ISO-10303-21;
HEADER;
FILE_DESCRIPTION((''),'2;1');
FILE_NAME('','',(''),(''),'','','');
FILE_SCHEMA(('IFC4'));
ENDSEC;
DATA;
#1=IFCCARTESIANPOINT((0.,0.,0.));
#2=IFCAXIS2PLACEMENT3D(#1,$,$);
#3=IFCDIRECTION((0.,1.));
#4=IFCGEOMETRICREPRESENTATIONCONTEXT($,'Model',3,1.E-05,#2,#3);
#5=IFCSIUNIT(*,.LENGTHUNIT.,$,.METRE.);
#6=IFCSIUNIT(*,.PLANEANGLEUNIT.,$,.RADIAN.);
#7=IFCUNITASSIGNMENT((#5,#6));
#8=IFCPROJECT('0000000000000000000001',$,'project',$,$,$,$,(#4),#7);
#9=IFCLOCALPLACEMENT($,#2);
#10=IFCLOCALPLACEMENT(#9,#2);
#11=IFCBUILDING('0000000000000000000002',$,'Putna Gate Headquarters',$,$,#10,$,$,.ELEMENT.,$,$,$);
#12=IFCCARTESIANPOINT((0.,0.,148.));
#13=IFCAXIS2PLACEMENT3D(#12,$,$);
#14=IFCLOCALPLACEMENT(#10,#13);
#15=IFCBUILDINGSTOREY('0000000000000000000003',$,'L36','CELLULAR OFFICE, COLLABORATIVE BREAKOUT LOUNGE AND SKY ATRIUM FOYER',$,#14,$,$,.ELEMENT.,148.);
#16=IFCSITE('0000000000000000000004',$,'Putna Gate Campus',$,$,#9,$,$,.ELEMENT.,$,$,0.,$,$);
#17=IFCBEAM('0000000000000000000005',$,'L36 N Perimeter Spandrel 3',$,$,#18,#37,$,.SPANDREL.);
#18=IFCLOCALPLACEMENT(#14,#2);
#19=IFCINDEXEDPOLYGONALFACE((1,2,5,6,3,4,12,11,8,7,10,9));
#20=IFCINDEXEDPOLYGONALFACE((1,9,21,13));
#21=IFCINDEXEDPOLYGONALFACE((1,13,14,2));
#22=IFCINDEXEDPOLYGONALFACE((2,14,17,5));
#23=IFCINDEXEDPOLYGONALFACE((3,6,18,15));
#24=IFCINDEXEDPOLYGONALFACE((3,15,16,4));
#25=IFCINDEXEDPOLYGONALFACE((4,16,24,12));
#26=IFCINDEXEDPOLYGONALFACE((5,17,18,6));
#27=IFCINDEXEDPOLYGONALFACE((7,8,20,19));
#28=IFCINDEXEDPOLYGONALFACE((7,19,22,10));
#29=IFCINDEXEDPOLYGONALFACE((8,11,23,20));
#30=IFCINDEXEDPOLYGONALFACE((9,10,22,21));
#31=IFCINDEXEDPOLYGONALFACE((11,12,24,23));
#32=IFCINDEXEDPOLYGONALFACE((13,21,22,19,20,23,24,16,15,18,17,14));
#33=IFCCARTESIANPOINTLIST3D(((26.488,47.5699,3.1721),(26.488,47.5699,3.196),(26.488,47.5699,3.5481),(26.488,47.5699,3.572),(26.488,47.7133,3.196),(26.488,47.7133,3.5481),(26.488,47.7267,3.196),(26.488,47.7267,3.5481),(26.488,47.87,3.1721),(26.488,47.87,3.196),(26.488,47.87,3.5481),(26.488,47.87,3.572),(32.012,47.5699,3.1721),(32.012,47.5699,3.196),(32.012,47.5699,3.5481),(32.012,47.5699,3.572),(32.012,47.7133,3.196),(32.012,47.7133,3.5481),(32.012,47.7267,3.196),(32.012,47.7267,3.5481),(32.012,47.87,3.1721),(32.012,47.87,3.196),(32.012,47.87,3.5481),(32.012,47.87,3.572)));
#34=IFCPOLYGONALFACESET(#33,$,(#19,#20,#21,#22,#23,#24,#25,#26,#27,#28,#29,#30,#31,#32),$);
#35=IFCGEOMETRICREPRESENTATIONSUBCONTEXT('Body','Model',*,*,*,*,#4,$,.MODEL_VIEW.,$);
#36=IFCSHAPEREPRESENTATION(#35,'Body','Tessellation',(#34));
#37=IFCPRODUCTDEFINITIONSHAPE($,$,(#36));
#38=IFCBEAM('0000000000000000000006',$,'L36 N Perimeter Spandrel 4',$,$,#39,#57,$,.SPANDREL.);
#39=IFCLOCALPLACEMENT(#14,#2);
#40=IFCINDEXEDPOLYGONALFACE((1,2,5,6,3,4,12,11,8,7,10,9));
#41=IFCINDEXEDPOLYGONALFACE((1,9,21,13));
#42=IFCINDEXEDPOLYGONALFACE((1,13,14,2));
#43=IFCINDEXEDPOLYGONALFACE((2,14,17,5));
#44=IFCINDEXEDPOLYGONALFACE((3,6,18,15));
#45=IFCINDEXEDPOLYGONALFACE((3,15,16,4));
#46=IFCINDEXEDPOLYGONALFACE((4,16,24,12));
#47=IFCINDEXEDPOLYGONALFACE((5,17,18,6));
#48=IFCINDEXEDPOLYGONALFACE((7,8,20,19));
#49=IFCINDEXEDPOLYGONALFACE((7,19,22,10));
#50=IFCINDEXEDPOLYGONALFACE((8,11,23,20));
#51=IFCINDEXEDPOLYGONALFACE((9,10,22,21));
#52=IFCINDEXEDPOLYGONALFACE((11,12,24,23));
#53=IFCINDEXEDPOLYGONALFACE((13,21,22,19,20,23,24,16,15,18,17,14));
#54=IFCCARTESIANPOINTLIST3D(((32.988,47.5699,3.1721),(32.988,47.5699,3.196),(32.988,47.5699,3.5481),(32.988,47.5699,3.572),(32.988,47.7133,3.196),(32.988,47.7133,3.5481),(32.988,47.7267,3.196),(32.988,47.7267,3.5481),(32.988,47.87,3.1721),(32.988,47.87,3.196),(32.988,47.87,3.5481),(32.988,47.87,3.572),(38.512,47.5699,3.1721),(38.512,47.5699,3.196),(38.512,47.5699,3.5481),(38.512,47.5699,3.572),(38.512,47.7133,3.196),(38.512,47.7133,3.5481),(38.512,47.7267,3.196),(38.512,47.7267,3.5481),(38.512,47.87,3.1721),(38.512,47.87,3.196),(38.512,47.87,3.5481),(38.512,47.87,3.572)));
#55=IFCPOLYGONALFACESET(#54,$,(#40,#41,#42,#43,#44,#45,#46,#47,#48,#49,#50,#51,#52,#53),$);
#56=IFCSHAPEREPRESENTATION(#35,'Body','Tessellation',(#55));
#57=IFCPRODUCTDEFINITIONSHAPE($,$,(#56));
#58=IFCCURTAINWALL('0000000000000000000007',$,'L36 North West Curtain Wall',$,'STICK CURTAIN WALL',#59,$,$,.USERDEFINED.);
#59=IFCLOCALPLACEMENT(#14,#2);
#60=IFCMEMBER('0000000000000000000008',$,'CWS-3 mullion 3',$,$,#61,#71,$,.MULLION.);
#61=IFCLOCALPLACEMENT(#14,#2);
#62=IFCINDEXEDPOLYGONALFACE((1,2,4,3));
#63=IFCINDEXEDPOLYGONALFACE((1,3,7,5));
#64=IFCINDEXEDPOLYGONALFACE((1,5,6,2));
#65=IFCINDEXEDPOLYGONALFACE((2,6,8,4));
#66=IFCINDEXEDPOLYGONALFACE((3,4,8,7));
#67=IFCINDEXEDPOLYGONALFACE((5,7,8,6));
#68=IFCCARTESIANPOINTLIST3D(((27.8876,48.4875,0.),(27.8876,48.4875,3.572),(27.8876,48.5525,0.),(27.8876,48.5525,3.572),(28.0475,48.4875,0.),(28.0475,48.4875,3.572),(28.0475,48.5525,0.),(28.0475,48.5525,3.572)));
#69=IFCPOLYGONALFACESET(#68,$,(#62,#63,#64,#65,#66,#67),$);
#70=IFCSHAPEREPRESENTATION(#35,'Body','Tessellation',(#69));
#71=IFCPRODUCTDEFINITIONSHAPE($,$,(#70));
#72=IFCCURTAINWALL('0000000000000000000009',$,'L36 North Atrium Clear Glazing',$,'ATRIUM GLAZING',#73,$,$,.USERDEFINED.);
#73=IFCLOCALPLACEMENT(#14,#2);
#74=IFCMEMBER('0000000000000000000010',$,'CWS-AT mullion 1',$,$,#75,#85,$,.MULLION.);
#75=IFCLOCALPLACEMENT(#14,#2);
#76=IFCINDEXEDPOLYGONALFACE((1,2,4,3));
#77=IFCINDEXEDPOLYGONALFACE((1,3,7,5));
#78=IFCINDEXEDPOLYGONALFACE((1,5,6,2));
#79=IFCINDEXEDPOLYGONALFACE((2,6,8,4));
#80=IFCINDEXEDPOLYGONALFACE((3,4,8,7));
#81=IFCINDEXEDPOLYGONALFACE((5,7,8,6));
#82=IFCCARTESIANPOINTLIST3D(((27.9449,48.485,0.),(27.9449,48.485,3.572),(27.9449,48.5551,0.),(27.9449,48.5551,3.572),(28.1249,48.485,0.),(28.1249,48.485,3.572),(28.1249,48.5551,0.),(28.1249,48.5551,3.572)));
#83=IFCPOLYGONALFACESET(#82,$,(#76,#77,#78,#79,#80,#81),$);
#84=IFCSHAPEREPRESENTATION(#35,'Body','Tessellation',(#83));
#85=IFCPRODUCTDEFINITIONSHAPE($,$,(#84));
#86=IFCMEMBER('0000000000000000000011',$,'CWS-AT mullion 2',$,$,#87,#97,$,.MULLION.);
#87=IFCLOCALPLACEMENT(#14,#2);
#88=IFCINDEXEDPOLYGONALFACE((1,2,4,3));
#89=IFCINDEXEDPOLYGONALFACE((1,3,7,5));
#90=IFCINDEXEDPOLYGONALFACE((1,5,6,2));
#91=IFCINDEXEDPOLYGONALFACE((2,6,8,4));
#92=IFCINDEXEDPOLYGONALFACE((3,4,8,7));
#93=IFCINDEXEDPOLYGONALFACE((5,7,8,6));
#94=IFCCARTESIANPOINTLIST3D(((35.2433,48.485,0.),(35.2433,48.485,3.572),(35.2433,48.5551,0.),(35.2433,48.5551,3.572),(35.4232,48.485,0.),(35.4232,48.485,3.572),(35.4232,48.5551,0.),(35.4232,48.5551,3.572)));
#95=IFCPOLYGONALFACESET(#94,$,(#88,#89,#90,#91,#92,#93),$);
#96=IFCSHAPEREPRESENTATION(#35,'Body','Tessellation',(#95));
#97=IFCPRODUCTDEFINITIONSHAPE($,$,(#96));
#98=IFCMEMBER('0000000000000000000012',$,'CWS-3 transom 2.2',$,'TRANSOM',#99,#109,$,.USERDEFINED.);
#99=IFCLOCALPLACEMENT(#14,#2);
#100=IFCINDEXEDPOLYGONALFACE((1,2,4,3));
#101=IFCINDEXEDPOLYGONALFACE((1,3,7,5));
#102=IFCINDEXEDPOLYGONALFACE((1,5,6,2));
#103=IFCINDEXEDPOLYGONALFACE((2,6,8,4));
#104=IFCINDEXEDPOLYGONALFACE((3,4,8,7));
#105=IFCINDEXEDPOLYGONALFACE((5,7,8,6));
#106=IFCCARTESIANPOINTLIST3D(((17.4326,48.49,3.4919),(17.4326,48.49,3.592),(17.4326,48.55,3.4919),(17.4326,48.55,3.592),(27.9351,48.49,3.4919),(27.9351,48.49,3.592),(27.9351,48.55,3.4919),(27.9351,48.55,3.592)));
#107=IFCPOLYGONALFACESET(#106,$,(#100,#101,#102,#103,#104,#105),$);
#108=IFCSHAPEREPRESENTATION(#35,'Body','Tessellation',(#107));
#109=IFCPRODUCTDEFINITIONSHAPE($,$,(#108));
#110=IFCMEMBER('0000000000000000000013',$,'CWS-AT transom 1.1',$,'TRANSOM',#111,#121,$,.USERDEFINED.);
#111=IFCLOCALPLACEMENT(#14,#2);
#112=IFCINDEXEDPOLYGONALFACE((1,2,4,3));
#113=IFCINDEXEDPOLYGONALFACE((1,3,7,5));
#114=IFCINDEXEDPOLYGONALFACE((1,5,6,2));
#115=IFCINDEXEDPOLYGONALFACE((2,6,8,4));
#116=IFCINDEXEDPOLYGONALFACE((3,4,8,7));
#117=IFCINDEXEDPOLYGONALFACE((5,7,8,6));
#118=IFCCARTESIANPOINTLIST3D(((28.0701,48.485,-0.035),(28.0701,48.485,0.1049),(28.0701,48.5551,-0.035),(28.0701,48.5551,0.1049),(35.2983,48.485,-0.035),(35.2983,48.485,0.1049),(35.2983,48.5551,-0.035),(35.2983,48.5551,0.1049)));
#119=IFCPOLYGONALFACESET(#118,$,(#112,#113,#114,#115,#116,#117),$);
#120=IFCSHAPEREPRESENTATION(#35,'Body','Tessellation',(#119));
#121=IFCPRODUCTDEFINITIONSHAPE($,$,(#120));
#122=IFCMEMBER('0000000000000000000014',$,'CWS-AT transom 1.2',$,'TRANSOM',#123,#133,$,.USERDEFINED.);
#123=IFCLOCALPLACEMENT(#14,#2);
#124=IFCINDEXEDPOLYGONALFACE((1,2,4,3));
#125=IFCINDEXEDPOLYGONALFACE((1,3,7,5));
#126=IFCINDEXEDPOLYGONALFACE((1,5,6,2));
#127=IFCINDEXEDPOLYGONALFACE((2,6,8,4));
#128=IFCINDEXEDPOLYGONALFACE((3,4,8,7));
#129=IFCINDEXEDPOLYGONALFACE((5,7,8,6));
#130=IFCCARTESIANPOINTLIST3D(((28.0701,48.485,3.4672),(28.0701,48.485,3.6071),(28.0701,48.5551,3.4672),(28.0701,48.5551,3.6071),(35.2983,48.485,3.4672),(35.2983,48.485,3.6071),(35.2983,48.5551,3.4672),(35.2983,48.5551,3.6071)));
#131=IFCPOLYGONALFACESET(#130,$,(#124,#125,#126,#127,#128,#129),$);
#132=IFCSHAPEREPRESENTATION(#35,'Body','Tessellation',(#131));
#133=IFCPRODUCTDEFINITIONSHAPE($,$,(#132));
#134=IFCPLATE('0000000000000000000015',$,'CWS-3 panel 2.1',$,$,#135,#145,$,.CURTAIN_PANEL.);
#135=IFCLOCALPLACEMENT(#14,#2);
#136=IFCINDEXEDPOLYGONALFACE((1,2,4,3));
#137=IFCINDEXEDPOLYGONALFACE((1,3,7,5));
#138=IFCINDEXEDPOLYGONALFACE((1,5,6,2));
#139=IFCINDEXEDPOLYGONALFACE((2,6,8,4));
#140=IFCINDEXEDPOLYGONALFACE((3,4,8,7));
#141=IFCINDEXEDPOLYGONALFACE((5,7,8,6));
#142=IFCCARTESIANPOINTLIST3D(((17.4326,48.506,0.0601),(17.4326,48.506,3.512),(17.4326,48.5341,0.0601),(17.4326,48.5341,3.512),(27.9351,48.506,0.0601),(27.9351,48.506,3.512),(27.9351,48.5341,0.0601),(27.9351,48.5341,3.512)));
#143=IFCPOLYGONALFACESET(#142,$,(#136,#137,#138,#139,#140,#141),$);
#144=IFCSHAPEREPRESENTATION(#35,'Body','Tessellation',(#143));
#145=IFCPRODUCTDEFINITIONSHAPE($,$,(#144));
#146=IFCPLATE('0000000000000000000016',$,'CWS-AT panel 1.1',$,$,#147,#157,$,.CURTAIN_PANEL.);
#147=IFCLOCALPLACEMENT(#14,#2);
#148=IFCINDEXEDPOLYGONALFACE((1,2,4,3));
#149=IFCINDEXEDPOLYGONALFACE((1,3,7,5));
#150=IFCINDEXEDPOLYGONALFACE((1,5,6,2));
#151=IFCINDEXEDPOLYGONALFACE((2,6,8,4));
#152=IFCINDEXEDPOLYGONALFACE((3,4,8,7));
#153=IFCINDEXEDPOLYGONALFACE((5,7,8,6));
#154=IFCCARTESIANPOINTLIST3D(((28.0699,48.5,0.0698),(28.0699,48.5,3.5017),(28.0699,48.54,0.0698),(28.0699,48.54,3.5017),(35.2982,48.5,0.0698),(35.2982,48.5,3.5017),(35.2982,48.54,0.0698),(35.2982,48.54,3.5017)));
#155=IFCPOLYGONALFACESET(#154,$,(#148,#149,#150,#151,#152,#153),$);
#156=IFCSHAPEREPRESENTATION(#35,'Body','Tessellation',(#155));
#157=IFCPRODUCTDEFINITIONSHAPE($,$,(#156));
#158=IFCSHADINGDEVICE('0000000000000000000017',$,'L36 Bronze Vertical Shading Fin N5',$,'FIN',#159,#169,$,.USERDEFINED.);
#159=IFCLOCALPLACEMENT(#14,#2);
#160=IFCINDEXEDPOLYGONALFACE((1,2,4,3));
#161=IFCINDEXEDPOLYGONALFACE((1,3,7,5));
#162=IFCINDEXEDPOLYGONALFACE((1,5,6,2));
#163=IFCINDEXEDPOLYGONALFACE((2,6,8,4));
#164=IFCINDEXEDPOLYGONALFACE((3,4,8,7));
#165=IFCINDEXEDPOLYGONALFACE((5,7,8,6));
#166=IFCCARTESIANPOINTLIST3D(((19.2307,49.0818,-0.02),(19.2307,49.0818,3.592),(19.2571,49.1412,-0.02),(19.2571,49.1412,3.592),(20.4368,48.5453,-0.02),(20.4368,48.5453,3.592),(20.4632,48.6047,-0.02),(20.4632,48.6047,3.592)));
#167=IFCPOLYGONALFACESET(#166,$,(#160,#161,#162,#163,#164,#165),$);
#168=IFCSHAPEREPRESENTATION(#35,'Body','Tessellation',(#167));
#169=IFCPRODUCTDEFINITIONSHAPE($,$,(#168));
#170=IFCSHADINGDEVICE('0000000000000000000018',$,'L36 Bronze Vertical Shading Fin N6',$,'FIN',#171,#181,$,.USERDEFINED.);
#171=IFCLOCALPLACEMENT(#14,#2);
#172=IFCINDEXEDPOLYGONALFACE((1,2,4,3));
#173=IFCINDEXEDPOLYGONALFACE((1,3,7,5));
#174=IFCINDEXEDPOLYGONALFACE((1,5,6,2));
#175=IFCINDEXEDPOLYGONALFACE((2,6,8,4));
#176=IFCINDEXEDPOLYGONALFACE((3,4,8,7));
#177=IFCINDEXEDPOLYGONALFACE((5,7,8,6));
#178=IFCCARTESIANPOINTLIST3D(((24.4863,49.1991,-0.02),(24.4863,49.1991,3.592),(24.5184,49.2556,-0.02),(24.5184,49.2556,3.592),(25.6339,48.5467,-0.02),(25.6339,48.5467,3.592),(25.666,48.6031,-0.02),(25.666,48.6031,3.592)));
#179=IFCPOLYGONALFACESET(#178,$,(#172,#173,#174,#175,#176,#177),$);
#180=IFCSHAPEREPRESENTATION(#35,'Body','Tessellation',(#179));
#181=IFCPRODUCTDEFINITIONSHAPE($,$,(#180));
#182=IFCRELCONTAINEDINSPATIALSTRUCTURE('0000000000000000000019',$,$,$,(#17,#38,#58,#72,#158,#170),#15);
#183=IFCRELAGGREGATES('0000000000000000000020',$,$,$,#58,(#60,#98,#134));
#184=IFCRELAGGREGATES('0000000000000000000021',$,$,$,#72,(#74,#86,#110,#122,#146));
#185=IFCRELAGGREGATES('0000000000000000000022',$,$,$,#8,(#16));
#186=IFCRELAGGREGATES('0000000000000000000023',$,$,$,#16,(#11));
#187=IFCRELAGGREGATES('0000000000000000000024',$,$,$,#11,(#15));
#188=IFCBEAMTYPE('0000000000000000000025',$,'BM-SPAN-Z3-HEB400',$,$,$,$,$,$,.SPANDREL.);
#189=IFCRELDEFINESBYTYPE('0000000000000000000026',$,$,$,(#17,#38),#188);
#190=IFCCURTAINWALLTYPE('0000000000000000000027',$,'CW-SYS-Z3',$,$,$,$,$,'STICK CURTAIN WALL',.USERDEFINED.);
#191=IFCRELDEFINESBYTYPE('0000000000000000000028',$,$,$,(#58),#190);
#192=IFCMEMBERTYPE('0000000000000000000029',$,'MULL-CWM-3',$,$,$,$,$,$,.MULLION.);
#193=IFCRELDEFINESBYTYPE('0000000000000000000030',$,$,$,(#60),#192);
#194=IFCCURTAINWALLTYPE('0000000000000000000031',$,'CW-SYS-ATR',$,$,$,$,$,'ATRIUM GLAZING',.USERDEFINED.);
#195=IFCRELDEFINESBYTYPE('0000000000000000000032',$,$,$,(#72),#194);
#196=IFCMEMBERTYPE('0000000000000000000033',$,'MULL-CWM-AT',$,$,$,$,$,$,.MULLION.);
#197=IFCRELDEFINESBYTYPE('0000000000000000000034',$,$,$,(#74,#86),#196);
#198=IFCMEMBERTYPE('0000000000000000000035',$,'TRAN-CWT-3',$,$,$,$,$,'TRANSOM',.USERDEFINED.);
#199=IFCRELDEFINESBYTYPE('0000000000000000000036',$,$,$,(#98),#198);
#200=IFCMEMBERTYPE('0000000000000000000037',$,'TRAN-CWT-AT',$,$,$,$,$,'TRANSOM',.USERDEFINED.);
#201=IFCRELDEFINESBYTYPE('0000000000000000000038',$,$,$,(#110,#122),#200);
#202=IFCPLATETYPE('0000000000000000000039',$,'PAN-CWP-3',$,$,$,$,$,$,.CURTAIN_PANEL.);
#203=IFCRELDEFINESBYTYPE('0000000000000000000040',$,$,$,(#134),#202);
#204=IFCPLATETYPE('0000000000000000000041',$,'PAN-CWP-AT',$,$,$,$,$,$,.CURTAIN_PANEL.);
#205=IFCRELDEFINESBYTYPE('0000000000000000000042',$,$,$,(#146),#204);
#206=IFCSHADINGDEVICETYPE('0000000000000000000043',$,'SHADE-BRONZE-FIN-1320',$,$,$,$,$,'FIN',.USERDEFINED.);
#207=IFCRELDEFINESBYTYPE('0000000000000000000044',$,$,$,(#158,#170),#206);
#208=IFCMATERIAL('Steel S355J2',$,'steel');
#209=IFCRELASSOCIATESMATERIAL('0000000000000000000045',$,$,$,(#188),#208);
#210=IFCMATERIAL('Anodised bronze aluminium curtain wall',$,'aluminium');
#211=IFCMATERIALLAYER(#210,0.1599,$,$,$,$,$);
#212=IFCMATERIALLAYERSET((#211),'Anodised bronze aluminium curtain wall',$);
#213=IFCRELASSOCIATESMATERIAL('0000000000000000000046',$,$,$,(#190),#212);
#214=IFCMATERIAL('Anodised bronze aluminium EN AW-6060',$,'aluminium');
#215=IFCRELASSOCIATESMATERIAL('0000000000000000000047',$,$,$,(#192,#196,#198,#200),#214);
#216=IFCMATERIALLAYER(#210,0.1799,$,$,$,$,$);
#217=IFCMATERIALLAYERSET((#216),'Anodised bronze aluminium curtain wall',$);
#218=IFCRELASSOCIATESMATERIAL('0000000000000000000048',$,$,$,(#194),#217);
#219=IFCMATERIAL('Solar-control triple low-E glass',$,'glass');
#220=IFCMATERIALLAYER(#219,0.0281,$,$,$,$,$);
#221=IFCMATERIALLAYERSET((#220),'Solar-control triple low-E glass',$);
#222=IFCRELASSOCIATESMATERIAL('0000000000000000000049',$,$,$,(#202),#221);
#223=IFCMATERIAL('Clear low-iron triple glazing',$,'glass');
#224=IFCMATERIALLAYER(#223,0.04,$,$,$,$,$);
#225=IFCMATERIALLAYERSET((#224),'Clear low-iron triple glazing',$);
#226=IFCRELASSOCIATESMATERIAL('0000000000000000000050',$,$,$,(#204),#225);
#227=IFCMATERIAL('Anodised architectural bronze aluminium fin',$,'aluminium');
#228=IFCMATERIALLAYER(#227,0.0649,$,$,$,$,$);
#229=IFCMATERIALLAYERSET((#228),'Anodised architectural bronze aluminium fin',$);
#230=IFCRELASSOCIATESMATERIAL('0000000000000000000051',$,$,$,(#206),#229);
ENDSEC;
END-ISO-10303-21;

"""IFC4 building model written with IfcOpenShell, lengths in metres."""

from ifc_helpers import new_model, si_unit, direction, frame, origin, origin_2d, place, context, subcontext, project, spatial, rectangle, i_section, extrude, material, layer, layer_set, material_profile, profile_set, type_object, element, aggregate, save


model = new_model("IFC4")

# Units and contexts
model_context = context("Model", 3, precision=1e-05, world=origin(), true_north=direction((0.0, 1.0)))
body_context = subcontext(model_context, "Body", "Model", "MODEL_VIEW")
ifc_project = project(units=[si_unit("LENGTHUNIT", "METRE"), si_unit("PLANEANGLEUNIT", "RADIAN")], contexts=[model_context])

# Site, building, storey
site_placement = place(None, origin())
site = spatial("IfcSite", under=ifc_project, at=site_placement, Name="Putna Gate Campus", CompositionType="ELEMENT", RefElevation=0.0)
building_placement = place(site_placement, origin())
building = spatial("IfcBuilding", under=site, at=building_placement, Name="Putna Gate Headquarters", CompositionType="ELEMENT")
storey_placement = place(building_placement, frame((0.0, 0.0, 148.0)))
storey = spatial("IfcBuildingStorey", under=building, at=storey_placement, Name="L36", Description="CELLULAR OFFICE, COLLABORATIVE BREAKOUT LOUNGE AND SKY ATRIUM FOYER", CompositionType="ELEMENT", Elevation=148.0)

# Beams
ifc_material_1 = material(Name="Steel S355J2", Category="steel")
ifc_material_profile_1 = material_profile(ifc_material_1, i_section(OverallWidth=0.3, OverallDepth=0.3999, WebThickness=0.0134, FlangeThickness=0.0239, at=origin_2d()), Name="Steel S355J2")
ifc_profile_set_1 = profile_set([ifc_material_profile_1], Name="Steel S355J2")
beam_type_1 = type_object("IfcBeamType", Name="BM-SPAN-Z3-HEB400", PredefinedType="SPANDREL", material=ifc_profile_set_1)
for number, where, z_axis, x_axis, name in (
    (1, (26.488, 47.72, 3.3721), (1.0, 0.0, 0.0), (0.0, 1.0, 0.0), "L36 N Perimeter Spandrel 3"),
    (2, (32.988, 47.72, 3.3721), (1.0, 0.0, 0.0), (0.0, 1.0, 0.0), "L36 N Perimeter Spandrel 4"),
):
    element("IfcBeam", number, at=place(storey_placement, frame(where, z_axis=z_axis, x_axis=x_axis)), inside=storey, type_object=beam_type_1, Name=name, PredefinedType="SPANDREL", context=body_context, shape_type="SweptSolid", body=[
        extrude(i_section(OverallWidth=0.3, OverallDepth=0.3999, WebThickness=0.0134, FlangeThickness=0.0239, at=origin_2d()), origin(), (0.0, 0.0, 1.0), 5.5239),
    ])

# Curtain wall, member
ifc_material_2 = material(Name="Anodised bronze aluminium curtain wall", Category="aluminium")
ifc_layer_1 = layer(ifc_material_2, 0.1599)
ifc_layer_set_1 = layer_set([ifc_layer_1], Name="Anodised bronze aluminium curtain wall")
curtain_wall_type_1 = type_object("IfcCurtainWallType", Name="CW-SYS-Z3", ElementType="STICK CURTAIN WALL", PredefinedType="USERDEFINED", material=ifc_layer_set_1)
curtain_wall_1_placement = place(storey_placement, origin())
curtain_wall_1 = element("IfcCurtainWall", 3, at=curtain_wall_1_placement, inside=storey, type_object=curtain_wall_type_1, Name="L36 North West Curtain Wall", ObjectType="STICK CURTAIN WALL", PredefinedType="USERDEFINED")
ifc_material_3 = material(Name="Anodised bronze aluminium EN AW-6060", Category="aluminium")
ifc_material_profile_2 = material_profile(ifc_material_3, rectangle(XDim=0.0649, YDim=0.1599, at=origin_2d()), Name="Anodised bronze aluminium EN AW-6060")
ifc_profile_set_2 = profile_set([ifc_material_profile_2], Name="Anodised bronze aluminium EN AW-6060")
member_type_1 = type_object("IfcMemberType", Name="MULL-CWM-3", PredefinedType="MULLION", material=ifc_profile_set_2)
member_1_placement = place(storey_placement, frame((27.9675, 48.52, 0.0), z_axis=(0.0, 0.0, 1.0), x_axis=(0.0, 1.0, 0.0)))
member_1 = element("IfcMember", 4, at=member_1_placement, type_object=member_type_1, Name="CWS-3 mullion 3", PredefinedType="MULLION", context=body_context, shape_type="SweptSolid", body=[
    extrude(rectangle(XDim=0.0649, YDim=0.1599, at=origin_2d()), origin(), (0.0, 0.0, 1.0), 3.572),
])

# Curtain wall, members
ifc_layer_2 = layer(ifc_material_2, 0.1799)
ifc_layer_set_2 = layer_set([ifc_layer_2], Name="Anodised bronze aluminium curtain wall")
curtain_wall_type_2 = type_object("IfcCurtainWallType", Name="CW-SYS-ATR", ElementType="ATRIUM GLAZING", PredefinedType="USERDEFINED", material=ifc_layer_set_2)
curtain_wall_2_placement = place(storey_placement, origin())
curtain_wall_2 = element("IfcCurtainWall", 5, at=curtain_wall_2_placement, inside=storey, type_object=curtain_wall_type_2, Name="L36 North Atrium Clear Glazing", ObjectType="ATRIUM GLAZING", PredefinedType="USERDEFINED")
ifc_material_profile_3 = material_profile(ifc_material_3, rectangle(XDim=0.0701, YDim=0.1799, at=origin_2d()), Name="Anodised bronze aluminium EN AW-6060")
ifc_profile_set_3 = profile_set([ifc_material_profile_3], Name="Anodised bronze aluminium EN AW-6060")
member_type_2 = type_object("IfcMemberType", Name="MULL-CWM-AT", PredefinedType="MULLION", material=ifc_profile_set_3)
member_2_placement = place(storey_placement, frame((28.0349, 48.52, 0.0), z_axis=(0.0, 0.0, 1.0), x_axis=(0.0, 1.0, 0.0)))
member_2 = element("IfcMember", 6, at=member_2_placement, type_object=member_type_2, Name="CWS-AT mullion 1", PredefinedType="MULLION", context=body_context, shape_type="SweptSolid", body=[
    extrude(rectangle(XDim=0.0701, YDim=0.1799, at=origin_2d()), origin(), (0.0, 0.0, 1.0), 3.572),
])
member_3_placement = place(storey_placement, frame((35.3333, 48.52, 0.0), z_axis=(0.0, 0.0, 1.0), x_axis=(0.0, 1.0, 0.0)))
member_3 = element("IfcMember", 7, at=member_3_placement, type_object=member_type_2, Name="CWS-AT mullion 2", PredefinedType="MULLION", context=body_context, shape_type="SweptSolid", body=[
    extrude(rectangle(XDim=0.0701, YDim=0.1799, at=origin_2d()), origin(), (0.0, 0.0, 1.0), 3.572),
])

# Members
ifc_material_profile_4 = material_profile(ifc_material_3, rectangle(XDim=0.0601, YDim=0.1001, at=origin_2d()), Name="Anodised bronze aluminium EN AW-6060")
ifc_profile_set_4 = profile_set([ifc_material_profile_4], Name="Anodised bronze aluminium EN AW-6060")
member_type_3 = type_object("IfcMemberType", Name="TRAN-CWT-3", ElementType="TRANSOM", PredefinedType="USERDEFINED", material=ifc_profile_set_4)
member_4_placement = place(storey_placement, frame((17.4326, 48.52, 3.542), z_axis=(1.0, 0.0, 0.0), x_axis=(0.0, 1.0, 0.0)))
member_4 = element("IfcMember", 8, at=member_4_placement, type_object=member_type_3, Name="CWS-3 transom 2.2", ObjectType="TRANSOM", PredefinedType="USERDEFINED", context=body_context, shape_type="SweptSolid", body=[
    extrude(rectangle(XDim=0.0601, YDim=0.1001, at=origin_2d()), origin(), (0.0, 0.0, 1.0), 10.5024),
])
ifc_material_profile_5 = material_profile(ifc_material_3, rectangle(XDim=0.0701, YDim=0.1399, at=origin_2d()), Name="Anodised bronze aluminium EN AW-6060")
ifc_profile_set_5 = profile_set([ifc_material_profile_5], Name="Anodised bronze aluminium EN AW-6060")
member_type_4 = type_object("IfcMemberType", Name="TRAN-CWT-AT", ElementType="TRANSOM", PredefinedType="USERDEFINED", material=ifc_profile_set_5)
member_5_placement = place(storey_placement, frame((28.0701, 48.52, 0.0349), z_axis=(1.0, 0.0, 0.0), x_axis=(0.0, 1.0, 0.0)))
member_5 = element("IfcMember", 9, at=member_5_placement, type_object=member_type_4, Name="CWS-AT transom 1.1", ObjectType="TRANSOM", PredefinedType="USERDEFINED", context=body_context, shape_type="SweptSolid", body=[
    extrude(rectangle(XDim=0.0701, YDim=0.1399, at=origin_2d()), origin(), (0.0, 0.0, 1.0), 7.2283),
])
member_6_placement = place(storey_placement, frame((28.0701, 48.52, 3.5371), z_axis=(1.0, 0.0, 0.0), x_axis=(0.0, 1.0, 0.0)))
member_6 = element("IfcMember", 10, at=member_6_placement, type_object=member_type_4, Name="CWS-AT transom 1.2", ObjectType="TRANSOM", PredefinedType="USERDEFINED", context=body_context, shape_type="SweptSolid", body=[
    extrude(rectangle(XDim=0.0701, YDim=0.1399, at=origin_2d()), origin(), (0.0, 0.0, 1.0), 7.2283),
])

# Plates
ifc_material_4 = material(Name="Solar-control triple low-E glass", Category="glass")
ifc_layer_3 = layer(ifc_material_4, 0.0281)
ifc_layer_set_3 = layer_set([ifc_layer_3], Name="Solar-control triple low-E glass")
plate_type_1 = type_object("IfcPlateType", Name="PAN-CWP-3", PredefinedType="CURTAIN_PANEL", material=ifc_layer_set_3)
plate_1_placement = place(storey_placement, frame((22.6838, 48.52, 0.0601), z_axis=(0.0, 0.0, 1.0), x_axis=(1.0, 0.0, 0.0)))
plate_1 = element("IfcPlate", 11, at=plate_1_placement, type_object=plate_type_1, Name="CWS-3 panel 2.1", PredefinedType="CURTAIN_PANEL", context=body_context, shape_type="SweptSolid", body=[
    extrude(rectangle(XDim=10.5024, YDim=0.0281, at=origin_2d()), origin(), (0.0, 0.0, 1.0), 3.4519),
])
aggregate(curtain_wall_1, [member_1, member_4, plate_1])
ifc_material_5 = material(Name="Clear low-iron triple glazing", Category="glass")
ifc_layer_4 = layer(ifc_material_5, 0.04)
ifc_layer_set_4 = layer_set([ifc_layer_4], Name="Clear low-iron triple glazing")
plate_type_2 = type_object("IfcPlateType", Name="PAN-CWP-AT", PredefinedType="CURTAIN_PANEL", material=ifc_layer_set_4)
plate_2_placement = place(storey_placement, frame((31.6841, 48.52, 0.0698), z_axis=(0.0, 0.0, 1.0), x_axis=(1.0, 0.0, 0.0)))
plate_2 = element("IfcPlate", 12, at=plate_2_placement, type_object=plate_type_2, Name="CWS-AT panel 1.1", PredefinedType="CURTAIN_PANEL", context=body_context, shape_type="SweptSolid", body=[
    extrude(rectangle(XDim=7.2283, YDim=0.04, at=origin_2d()), origin(), (0.0, 0.0, 1.0), 3.4319),
])
aggregate(curtain_wall_2, [member_2, member_3, member_5, member_6, plate_2])

# Shading devices
ifc_material_6 = material(Name="Anodised architectural bronze aluminium fin", Category="aluminium")
ifc_layer_5 = layer(ifc_material_6, 0.0649)
ifc_layer_set_5 = layer_set([ifc_layer_5], Name="Anodised architectural bronze aluminium fin")
shading_device_type = type_object("IfcShadingDeviceType", Name="SHADE-BRONZE-FIN-1320", ElementType="FIN", PredefinedType="USERDEFINED", material=ifc_layer_set_5)
for number, where, z_axis, x_axis, name in (
    (13, (19.8469, 48.8433, -0.02), (0.0, 0.0, 1.0), (-0.913687, 0.406418, 0.0), "L36 Bronze Vertical Shading Fin N5"),
    (14, (25.0762, 48.9011, -0.02), (0.0, 0.0, 1.0), (-0.869322, 0.494245, 0.0), "L36 Bronze Vertical Shading Fin N6"),
):
    element("IfcShadingDevice", number, at=place(storey_placement, frame(where, z_axis=z_axis, x_axis=x_axis)), inside=storey, type_object=shading_device_type, Name=name, ObjectType="FIN", PredefinedType="USERDEFINED", context=body_context, shape_type="SweptSolid", body=[
        extrude(rectangle(XDim=1.3201, YDim=0.0649, at=origin_2d()), origin(), (0.0, 0.0, 1.0), 3.6121),
    ])

save(model, "model.ifc")
